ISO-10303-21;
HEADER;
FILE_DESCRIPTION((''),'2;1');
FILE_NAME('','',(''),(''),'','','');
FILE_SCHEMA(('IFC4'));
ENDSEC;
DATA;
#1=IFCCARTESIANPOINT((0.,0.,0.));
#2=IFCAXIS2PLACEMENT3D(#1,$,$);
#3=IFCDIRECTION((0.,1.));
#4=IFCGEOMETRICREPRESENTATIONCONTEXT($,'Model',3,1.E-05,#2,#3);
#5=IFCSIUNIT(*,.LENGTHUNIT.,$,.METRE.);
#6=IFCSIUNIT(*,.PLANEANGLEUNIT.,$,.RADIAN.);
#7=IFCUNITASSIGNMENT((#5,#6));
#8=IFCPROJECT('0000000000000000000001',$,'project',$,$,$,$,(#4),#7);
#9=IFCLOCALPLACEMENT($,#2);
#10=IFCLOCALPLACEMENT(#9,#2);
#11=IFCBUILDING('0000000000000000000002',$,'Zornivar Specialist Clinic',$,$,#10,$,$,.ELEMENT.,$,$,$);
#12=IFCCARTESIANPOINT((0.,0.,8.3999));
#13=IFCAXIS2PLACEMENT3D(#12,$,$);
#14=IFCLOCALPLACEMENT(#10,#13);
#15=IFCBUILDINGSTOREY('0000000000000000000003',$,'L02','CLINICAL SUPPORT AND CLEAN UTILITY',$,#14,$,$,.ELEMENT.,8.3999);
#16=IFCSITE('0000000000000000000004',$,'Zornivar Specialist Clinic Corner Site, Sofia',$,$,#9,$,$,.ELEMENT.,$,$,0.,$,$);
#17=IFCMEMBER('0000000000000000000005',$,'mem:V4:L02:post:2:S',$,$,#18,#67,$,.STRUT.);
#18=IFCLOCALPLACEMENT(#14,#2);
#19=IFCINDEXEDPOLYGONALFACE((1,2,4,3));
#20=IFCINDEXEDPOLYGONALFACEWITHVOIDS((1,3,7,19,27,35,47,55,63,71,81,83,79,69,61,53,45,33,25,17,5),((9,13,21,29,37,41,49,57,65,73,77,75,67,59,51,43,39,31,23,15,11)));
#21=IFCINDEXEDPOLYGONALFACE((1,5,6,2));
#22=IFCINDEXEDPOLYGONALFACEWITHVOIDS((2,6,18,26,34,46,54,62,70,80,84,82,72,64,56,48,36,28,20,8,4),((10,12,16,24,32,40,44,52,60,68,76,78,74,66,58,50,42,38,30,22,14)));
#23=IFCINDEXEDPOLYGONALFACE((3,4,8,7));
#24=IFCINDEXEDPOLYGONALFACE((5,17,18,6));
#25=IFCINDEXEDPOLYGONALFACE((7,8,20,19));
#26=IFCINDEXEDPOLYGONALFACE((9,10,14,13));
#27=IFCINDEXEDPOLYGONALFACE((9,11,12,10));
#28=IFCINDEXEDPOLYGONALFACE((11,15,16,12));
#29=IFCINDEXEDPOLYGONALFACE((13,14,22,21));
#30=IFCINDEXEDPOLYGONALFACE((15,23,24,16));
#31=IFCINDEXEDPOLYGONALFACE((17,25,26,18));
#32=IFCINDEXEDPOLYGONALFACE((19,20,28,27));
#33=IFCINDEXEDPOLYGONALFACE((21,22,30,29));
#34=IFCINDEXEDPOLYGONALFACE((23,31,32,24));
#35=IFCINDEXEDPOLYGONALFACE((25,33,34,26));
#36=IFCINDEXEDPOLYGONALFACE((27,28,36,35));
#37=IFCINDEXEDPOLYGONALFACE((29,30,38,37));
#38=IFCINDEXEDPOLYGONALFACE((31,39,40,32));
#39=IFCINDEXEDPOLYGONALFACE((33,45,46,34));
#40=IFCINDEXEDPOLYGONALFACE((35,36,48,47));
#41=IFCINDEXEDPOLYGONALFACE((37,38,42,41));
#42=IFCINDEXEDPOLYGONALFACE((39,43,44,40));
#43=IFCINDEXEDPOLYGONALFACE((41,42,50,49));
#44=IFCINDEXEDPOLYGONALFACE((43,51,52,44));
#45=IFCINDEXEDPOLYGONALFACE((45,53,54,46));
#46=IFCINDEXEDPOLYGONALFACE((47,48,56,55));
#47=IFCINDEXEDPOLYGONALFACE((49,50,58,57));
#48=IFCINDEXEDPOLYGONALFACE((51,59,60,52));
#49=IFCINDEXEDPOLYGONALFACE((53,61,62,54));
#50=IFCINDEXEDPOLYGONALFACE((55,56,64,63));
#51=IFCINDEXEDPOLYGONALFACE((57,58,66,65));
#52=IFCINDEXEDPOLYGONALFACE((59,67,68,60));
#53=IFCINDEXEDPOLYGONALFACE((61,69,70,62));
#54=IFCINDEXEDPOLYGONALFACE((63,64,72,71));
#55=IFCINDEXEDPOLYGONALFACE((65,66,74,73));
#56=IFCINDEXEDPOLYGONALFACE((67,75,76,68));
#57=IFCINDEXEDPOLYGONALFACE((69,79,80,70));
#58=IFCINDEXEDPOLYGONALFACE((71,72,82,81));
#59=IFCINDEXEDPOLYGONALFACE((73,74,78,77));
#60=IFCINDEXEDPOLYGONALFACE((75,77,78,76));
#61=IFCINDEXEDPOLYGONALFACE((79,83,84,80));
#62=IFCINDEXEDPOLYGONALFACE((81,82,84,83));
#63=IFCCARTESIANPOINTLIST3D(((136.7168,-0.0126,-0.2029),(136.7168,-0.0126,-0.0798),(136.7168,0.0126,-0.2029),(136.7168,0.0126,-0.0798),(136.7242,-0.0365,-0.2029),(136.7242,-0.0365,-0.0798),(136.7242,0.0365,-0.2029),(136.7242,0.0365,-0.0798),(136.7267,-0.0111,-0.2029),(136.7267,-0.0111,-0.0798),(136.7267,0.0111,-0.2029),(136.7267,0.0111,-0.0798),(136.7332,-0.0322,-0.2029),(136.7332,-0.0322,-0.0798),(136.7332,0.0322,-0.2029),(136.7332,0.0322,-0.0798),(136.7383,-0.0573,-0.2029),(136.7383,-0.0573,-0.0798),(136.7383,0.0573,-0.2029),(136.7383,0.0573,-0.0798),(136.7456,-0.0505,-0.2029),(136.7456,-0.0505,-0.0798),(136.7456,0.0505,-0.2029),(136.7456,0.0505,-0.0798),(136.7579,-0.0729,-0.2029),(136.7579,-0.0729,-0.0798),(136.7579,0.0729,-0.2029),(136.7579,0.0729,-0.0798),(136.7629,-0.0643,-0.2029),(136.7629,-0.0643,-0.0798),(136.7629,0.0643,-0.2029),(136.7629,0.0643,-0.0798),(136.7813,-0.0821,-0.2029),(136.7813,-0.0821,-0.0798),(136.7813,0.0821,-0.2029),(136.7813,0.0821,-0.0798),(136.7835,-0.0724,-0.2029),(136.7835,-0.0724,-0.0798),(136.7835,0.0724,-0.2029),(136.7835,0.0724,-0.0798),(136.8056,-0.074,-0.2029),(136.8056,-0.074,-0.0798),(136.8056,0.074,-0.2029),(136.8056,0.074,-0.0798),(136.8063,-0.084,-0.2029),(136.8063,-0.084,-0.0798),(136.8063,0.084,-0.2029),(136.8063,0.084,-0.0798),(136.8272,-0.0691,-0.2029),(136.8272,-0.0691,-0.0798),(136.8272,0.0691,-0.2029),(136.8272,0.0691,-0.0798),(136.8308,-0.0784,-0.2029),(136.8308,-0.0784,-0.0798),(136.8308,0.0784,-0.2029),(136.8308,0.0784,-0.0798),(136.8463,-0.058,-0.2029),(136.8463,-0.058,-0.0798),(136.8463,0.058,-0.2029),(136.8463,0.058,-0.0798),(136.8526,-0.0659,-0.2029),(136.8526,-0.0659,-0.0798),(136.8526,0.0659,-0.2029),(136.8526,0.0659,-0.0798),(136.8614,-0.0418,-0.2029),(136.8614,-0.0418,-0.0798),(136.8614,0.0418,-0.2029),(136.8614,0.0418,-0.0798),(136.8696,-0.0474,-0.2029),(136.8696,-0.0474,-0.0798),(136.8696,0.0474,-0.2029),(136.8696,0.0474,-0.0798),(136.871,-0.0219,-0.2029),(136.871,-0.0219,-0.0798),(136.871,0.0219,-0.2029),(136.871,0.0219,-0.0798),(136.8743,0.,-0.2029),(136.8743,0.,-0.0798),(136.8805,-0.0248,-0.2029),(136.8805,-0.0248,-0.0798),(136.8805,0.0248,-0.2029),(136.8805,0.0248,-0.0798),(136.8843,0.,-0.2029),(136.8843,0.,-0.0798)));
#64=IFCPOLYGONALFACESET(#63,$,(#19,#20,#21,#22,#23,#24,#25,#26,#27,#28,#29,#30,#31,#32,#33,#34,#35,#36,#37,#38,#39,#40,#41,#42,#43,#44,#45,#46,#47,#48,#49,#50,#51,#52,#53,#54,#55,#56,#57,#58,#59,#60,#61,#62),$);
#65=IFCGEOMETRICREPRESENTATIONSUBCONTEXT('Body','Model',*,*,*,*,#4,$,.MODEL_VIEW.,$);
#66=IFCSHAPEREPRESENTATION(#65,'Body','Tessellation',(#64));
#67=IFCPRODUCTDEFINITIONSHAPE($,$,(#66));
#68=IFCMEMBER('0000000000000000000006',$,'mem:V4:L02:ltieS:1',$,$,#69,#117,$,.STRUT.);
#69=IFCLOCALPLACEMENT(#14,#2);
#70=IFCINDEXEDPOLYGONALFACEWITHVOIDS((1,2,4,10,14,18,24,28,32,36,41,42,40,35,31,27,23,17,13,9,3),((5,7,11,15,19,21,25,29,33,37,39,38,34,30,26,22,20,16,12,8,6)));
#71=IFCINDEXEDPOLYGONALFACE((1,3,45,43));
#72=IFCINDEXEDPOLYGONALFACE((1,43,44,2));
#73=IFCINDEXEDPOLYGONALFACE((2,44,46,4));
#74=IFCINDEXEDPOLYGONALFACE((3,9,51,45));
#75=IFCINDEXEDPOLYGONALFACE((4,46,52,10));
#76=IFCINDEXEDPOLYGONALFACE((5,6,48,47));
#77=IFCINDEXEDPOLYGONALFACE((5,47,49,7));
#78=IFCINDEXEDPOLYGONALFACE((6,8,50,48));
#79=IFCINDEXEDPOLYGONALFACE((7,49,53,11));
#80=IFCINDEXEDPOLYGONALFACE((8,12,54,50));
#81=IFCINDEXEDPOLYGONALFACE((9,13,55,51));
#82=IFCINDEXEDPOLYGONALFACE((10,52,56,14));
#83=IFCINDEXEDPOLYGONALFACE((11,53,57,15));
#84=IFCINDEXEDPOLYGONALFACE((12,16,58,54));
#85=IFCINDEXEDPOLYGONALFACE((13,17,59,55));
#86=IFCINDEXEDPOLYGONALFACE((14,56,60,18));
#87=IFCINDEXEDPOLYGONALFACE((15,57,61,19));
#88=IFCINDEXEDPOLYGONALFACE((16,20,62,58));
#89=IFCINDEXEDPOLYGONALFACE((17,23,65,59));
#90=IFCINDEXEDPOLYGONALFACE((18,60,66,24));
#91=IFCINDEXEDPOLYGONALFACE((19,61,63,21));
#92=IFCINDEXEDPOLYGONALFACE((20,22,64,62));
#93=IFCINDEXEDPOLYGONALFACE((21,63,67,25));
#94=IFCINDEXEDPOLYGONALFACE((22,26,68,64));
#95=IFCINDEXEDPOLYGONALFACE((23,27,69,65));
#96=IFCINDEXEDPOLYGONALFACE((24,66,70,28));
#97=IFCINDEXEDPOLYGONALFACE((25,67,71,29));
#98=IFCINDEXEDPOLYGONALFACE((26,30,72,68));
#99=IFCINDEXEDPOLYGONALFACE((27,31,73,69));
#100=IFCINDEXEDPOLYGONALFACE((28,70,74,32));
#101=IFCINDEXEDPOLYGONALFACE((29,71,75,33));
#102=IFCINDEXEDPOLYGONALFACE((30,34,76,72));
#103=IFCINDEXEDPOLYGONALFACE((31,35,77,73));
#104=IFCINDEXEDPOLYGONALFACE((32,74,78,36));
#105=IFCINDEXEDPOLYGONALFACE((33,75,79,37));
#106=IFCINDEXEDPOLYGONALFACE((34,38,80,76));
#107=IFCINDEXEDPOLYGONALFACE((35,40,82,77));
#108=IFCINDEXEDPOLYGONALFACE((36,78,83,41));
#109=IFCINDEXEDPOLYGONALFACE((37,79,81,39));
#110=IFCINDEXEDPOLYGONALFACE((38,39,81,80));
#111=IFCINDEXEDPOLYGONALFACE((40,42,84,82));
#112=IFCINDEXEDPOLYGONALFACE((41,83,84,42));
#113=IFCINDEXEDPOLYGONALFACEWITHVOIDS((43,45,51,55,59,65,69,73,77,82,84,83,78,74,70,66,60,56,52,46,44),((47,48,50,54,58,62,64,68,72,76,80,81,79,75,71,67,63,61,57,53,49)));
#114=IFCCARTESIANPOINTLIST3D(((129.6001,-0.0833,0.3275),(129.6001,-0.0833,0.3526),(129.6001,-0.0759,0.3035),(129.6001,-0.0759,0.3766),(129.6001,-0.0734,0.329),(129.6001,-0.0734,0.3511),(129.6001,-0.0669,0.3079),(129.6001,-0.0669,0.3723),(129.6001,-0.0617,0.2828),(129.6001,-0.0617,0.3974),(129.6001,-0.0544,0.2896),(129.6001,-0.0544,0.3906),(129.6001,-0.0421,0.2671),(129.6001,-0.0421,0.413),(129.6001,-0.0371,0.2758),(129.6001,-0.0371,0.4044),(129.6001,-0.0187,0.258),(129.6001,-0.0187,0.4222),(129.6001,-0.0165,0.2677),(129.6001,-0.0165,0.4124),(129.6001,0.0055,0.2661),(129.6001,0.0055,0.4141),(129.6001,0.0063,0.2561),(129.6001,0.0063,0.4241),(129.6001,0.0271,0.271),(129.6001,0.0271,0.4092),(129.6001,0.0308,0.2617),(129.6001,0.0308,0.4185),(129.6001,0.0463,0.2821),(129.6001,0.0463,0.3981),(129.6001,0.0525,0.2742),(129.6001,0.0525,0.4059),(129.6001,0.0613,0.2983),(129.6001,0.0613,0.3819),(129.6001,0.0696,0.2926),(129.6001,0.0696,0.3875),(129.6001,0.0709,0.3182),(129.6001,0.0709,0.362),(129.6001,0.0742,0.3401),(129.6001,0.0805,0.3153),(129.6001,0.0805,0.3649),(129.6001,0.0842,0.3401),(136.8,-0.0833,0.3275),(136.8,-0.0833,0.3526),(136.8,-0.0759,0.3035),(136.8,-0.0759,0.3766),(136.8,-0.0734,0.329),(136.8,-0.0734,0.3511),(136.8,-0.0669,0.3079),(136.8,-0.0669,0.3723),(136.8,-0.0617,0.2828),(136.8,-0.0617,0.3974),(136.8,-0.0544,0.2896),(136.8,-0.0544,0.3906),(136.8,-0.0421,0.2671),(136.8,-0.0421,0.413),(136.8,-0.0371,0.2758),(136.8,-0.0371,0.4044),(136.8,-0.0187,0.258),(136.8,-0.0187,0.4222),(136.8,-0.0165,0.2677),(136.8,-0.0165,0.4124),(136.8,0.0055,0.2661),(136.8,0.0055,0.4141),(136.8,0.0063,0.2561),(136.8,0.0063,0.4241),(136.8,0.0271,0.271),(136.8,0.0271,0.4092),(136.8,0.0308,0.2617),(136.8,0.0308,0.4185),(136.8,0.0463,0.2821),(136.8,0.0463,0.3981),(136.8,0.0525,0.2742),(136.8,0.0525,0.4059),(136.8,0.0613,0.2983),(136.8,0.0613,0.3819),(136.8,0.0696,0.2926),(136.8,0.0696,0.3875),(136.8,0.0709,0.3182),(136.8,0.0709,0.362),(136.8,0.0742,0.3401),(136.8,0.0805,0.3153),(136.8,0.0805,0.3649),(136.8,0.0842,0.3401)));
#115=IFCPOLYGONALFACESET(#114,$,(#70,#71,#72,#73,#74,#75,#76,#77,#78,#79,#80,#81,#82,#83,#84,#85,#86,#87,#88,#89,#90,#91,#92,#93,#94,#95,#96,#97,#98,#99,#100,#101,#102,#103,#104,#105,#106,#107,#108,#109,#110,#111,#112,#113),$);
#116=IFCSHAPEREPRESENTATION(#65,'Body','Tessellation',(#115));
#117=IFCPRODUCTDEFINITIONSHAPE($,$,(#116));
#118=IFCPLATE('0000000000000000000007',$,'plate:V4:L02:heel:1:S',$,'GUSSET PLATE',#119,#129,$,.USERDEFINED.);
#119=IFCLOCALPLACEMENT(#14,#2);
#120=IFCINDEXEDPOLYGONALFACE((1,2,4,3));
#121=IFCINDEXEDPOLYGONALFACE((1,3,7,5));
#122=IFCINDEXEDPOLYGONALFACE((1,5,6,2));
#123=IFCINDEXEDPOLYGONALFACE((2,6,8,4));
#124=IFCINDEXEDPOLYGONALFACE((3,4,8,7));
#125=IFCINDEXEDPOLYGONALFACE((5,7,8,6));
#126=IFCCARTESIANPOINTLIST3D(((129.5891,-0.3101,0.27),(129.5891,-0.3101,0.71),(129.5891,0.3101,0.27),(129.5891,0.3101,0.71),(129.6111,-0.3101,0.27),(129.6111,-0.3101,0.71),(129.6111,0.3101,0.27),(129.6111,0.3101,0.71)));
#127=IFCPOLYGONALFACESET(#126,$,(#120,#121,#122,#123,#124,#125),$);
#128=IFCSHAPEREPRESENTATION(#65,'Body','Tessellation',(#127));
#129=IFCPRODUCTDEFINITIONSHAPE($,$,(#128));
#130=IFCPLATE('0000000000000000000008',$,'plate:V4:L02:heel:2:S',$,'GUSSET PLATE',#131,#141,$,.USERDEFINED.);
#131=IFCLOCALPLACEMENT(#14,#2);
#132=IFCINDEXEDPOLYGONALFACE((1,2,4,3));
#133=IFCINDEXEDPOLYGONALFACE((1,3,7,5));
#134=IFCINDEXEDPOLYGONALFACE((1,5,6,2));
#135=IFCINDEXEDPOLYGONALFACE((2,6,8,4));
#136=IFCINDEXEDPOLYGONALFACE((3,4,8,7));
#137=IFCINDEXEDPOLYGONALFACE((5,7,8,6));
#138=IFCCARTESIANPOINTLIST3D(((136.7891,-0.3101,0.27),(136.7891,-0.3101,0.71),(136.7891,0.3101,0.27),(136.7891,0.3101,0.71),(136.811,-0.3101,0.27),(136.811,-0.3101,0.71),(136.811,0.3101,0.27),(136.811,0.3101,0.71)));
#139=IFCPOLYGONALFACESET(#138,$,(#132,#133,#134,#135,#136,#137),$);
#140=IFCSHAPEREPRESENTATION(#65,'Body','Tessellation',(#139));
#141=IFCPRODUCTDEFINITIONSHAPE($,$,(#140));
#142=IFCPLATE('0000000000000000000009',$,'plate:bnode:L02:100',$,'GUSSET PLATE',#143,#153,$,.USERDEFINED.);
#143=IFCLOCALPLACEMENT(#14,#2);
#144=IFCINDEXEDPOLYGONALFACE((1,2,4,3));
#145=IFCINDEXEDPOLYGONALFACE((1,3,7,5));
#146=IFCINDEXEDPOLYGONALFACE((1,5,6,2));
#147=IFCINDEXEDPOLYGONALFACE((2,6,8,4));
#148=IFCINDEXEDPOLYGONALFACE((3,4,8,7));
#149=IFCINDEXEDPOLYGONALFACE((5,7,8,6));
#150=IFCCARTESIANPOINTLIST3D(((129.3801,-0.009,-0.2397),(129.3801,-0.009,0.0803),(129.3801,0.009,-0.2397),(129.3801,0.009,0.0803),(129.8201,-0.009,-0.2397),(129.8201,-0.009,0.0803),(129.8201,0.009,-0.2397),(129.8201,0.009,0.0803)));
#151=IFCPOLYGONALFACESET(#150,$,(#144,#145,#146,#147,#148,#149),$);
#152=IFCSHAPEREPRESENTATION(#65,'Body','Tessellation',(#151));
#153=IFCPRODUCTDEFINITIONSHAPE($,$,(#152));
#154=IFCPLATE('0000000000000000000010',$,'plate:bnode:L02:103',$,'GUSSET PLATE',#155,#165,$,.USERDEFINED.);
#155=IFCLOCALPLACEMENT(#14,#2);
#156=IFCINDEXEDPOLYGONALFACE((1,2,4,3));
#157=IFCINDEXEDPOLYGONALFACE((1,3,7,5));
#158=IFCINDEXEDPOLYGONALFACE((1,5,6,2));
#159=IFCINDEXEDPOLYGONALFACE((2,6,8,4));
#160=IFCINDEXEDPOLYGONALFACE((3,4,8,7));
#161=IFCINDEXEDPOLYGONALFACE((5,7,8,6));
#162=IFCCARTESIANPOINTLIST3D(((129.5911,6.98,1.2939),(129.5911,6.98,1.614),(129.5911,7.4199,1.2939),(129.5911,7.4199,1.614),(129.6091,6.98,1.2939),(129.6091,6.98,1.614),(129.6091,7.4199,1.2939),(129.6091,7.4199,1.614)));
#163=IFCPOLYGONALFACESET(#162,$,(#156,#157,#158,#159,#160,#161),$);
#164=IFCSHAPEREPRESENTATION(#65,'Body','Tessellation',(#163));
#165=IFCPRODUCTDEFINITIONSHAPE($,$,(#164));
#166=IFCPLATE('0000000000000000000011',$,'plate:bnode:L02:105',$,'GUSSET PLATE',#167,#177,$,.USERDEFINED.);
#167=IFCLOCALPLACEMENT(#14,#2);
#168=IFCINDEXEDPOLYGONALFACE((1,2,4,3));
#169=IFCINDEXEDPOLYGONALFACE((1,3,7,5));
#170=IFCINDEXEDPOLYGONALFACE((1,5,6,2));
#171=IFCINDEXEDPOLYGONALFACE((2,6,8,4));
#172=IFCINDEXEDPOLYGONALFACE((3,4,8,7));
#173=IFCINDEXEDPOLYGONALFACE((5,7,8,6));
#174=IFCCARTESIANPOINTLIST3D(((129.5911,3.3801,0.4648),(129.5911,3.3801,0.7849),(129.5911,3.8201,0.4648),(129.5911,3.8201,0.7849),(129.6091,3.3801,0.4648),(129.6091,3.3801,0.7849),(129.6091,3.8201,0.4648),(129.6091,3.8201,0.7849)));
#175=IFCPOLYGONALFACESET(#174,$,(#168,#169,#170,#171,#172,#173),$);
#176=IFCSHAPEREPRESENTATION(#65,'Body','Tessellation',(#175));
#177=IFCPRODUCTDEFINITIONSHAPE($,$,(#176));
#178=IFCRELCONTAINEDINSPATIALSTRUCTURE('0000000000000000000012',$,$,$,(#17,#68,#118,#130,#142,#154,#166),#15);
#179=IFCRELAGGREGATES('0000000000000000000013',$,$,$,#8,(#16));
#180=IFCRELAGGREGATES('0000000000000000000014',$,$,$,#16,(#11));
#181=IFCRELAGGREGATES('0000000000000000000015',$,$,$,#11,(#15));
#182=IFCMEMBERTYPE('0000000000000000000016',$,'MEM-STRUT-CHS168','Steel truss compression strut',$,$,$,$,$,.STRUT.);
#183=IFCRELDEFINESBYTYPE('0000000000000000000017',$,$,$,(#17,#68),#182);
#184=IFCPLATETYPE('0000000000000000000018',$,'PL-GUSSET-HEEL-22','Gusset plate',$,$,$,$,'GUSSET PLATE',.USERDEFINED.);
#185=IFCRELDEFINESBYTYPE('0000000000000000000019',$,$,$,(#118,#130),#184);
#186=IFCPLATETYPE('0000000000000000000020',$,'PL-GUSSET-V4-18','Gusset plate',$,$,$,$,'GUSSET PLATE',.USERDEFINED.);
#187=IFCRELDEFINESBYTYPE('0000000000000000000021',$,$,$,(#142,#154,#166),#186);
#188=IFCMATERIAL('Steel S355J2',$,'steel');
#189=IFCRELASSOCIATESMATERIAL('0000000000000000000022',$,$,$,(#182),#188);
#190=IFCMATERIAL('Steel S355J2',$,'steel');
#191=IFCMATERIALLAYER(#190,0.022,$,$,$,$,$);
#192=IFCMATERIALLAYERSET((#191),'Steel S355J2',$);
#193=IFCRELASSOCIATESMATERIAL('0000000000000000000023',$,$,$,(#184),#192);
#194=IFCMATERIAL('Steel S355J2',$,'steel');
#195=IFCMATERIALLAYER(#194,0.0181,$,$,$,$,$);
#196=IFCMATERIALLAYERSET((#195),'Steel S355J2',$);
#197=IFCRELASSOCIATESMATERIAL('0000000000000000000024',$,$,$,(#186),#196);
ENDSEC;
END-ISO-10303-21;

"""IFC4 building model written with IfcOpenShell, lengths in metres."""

from ifc_helpers import new_model, si_unit, direction, frame, origin, origin_2d, place, context, subcontext, project, spatial, rectangle, hollow_circle, extrude, material, layer, layer_set, material_profile, profile_set, type_object, element, save


model = new_model("IFC4")

# Units and contexts
model_context = context("Model", 3, precision=1e-05, world=origin(), true_north=direction((0.0, 1.0)))
body_context = subcontext(model_context, "Body", "Model", "MODEL_VIEW")
ifc_project = project(units=[si_unit("LENGTHUNIT", "METRE"), si_unit("PLANEANGLEUNIT", "RADIAN")], contexts=[model_context])

# Site, building, storey
site_placement = place(None, origin())
site = spatial("IfcSite", under=ifc_project, at=site_placement, Name="Zornivar Specialist Clinic Corner Site, Sofia", CompositionType="ELEMENT", RefElevation=0.0)
building_placement = place(site_placement, origin())
building = spatial("IfcBuilding", under=site, at=building_placement, Name="Zornivar Specialist Clinic", CompositionType="ELEMENT")
storey_placement = place(building_placement, frame((0.0, 0.0, 8.3999)))
storey = spatial("IfcBuildingStorey", under=building, at=storey_placement, Name="L02", Description="CLINICAL SUPPORT AND CLEAN UTILITY", CompositionType="ELEMENT", Elevation=8.3999)

# Members
ifc_material_1 = material(Name="Steel S355J2", Category="steel")
ifc_material_profile_1 = material_profile(ifc_material_1, hollow_circle(Radius=0.0842, WallThickness=0.01, at=origin_2d()), Name="CHS 168.3x10")
ifc_profile_set_1 = profile_set([ifc_material_profile_1], Name="Steel S355J2")
member_type_1 = type_object("IfcMemberType", Name="MEM-STRUT-CHS168", Description="Steel truss compression strut", PredefinedType="STRUT", material=ifc_profile_set_1)
member_1_placement = place(storey_placement, frame((136.8, 0.0, -0.0798), z_axis=(0.0, 0.0, -1.0), x_axis=(1.0, 0.0, 0.0)))
element("IfcMember", 1, at=member_1_placement, inside=storey, type_object=member_type_1, Name="mem:V4:L02:post:2:S", PredefinedType="STRUT", context=body_context, shape_type="SweptSolid", body=[
    extrude(hollow_circle(Radius=0.0842, WallThickness=0.01, at=origin_2d()), origin(), (0.0, 0.0, 1.0), 0.123),
])
member_2_placement = place(storey_placement, frame((129.6001, 0.0, 0.3401), z_axis=(1.0, 0.0, 0.0), x_axis=(0.0, 1.0, 0.0)))
element("IfcMember", 2, at=member_2_placement, inside=storey, type_object=member_type_1, Name="mem:V4:L02:ltieS:1", PredefinedType="STRUT", context=body_context, shape_type="SweptSolid", body=[
    extrude(hollow_circle(Radius=0.0842, WallThickness=0.01, at=origin_2d()), origin(), (0.0, 0.0, 1.0), 7.2),
])

# Plates
ifc_material_2 = material(Name="Steel S355J2", Category="steel")
ifc_layer_1 = layer(ifc_material_2, 0.022)
ifc_layer_set_1 = layer_set([ifc_layer_1], Name="Steel S355J2")
plate_type_1 = type_object("IfcPlateType", Name="PL-GUSSET-HEEL-22", Description="Gusset plate", ElementType="GUSSET PLATE", PredefinedType="USERDEFINED", material=ifc_layer_set_1)
for number, where, z_axis, x_axis, name in (
    (3, (129.6001, 0.0, 0.27), (0.0, 0.0, 1.0), (1.0, 0.0, 0.0), "plate:V4:L02:heel:1:S"),
    (4, (136.8, 0.0, 0.27), (0.0, 0.0, 1.0), (1.0, 0.0, 0.0), "plate:V4:L02:heel:2:S"),
):
    element("IfcPlate", number, at=place(storey_placement, frame(where, z_axis=z_axis, x_axis=x_axis)), inside=storey, type_object=plate_type_1, Name=name, ObjectType="GUSSET PLATE", PredefinedType="USERDEFINED", context=body_context, shape_type="SweptSolid", body=[
        extrude(rectangle(XDim=0.022, YDim=0.6201, at=origin_2d()), origin(), (0.0, 0.0, 1.0), 0.4399),
    ])
ifc_material_3 = material(Name="Steel S355J2", Category="steel")
ifc_layer_2 = layer(ifc_material_3, 0.0181)
ifc_layer_set_2 = layer_set([ifc_layer_2], Name="Steel S355J2")
plate_type_2 = type_object("IfcPlateType", Name="PL-GUSSET-V4-18", Description="Gusset plate", ElementType="GUSSET PLATE", PredefinedType="USERDEFINED", material=ifc_layer_set_2)
for number, where, z_axis, x_axis, name in (
    (5, (129.6001, 0.0, -0.2397), (0.0, 0.0, 1.0), (1.0, 0.0, 0.0), "plate:bnode:L02:100"),
    (6, (129.6001, 7.2, 1.2939), (0.0, 0.0, 1.0), (0.0, 1.0, 0.0), "plate:bnode:L02:103"),
    (7, (129.6001, 3.6001, 0.4648), (0.0, 0.0, 1.0), (0.0, 1.0, 0.0), "plate:bnode:L02:105"),
):
    element("IfcPlate", number, at=place(storey_placement, frame(where, z_axis=z_axis, x_axis=x_axis)), inside=storey, type_object=plate_type_2, Name=name, ObjectType="GUSSET PLATE", PredefinedType="USERDEFINED", context=body_context, shape_type="SweptSolid", body=[
        extrude(rectangle(XDim=0.4399, YDim=0.0181, at=origin_2d()), origin(), (0.0, 0.0, 1.0), 0.3201),
    ])

save(model, "model.ifc")
